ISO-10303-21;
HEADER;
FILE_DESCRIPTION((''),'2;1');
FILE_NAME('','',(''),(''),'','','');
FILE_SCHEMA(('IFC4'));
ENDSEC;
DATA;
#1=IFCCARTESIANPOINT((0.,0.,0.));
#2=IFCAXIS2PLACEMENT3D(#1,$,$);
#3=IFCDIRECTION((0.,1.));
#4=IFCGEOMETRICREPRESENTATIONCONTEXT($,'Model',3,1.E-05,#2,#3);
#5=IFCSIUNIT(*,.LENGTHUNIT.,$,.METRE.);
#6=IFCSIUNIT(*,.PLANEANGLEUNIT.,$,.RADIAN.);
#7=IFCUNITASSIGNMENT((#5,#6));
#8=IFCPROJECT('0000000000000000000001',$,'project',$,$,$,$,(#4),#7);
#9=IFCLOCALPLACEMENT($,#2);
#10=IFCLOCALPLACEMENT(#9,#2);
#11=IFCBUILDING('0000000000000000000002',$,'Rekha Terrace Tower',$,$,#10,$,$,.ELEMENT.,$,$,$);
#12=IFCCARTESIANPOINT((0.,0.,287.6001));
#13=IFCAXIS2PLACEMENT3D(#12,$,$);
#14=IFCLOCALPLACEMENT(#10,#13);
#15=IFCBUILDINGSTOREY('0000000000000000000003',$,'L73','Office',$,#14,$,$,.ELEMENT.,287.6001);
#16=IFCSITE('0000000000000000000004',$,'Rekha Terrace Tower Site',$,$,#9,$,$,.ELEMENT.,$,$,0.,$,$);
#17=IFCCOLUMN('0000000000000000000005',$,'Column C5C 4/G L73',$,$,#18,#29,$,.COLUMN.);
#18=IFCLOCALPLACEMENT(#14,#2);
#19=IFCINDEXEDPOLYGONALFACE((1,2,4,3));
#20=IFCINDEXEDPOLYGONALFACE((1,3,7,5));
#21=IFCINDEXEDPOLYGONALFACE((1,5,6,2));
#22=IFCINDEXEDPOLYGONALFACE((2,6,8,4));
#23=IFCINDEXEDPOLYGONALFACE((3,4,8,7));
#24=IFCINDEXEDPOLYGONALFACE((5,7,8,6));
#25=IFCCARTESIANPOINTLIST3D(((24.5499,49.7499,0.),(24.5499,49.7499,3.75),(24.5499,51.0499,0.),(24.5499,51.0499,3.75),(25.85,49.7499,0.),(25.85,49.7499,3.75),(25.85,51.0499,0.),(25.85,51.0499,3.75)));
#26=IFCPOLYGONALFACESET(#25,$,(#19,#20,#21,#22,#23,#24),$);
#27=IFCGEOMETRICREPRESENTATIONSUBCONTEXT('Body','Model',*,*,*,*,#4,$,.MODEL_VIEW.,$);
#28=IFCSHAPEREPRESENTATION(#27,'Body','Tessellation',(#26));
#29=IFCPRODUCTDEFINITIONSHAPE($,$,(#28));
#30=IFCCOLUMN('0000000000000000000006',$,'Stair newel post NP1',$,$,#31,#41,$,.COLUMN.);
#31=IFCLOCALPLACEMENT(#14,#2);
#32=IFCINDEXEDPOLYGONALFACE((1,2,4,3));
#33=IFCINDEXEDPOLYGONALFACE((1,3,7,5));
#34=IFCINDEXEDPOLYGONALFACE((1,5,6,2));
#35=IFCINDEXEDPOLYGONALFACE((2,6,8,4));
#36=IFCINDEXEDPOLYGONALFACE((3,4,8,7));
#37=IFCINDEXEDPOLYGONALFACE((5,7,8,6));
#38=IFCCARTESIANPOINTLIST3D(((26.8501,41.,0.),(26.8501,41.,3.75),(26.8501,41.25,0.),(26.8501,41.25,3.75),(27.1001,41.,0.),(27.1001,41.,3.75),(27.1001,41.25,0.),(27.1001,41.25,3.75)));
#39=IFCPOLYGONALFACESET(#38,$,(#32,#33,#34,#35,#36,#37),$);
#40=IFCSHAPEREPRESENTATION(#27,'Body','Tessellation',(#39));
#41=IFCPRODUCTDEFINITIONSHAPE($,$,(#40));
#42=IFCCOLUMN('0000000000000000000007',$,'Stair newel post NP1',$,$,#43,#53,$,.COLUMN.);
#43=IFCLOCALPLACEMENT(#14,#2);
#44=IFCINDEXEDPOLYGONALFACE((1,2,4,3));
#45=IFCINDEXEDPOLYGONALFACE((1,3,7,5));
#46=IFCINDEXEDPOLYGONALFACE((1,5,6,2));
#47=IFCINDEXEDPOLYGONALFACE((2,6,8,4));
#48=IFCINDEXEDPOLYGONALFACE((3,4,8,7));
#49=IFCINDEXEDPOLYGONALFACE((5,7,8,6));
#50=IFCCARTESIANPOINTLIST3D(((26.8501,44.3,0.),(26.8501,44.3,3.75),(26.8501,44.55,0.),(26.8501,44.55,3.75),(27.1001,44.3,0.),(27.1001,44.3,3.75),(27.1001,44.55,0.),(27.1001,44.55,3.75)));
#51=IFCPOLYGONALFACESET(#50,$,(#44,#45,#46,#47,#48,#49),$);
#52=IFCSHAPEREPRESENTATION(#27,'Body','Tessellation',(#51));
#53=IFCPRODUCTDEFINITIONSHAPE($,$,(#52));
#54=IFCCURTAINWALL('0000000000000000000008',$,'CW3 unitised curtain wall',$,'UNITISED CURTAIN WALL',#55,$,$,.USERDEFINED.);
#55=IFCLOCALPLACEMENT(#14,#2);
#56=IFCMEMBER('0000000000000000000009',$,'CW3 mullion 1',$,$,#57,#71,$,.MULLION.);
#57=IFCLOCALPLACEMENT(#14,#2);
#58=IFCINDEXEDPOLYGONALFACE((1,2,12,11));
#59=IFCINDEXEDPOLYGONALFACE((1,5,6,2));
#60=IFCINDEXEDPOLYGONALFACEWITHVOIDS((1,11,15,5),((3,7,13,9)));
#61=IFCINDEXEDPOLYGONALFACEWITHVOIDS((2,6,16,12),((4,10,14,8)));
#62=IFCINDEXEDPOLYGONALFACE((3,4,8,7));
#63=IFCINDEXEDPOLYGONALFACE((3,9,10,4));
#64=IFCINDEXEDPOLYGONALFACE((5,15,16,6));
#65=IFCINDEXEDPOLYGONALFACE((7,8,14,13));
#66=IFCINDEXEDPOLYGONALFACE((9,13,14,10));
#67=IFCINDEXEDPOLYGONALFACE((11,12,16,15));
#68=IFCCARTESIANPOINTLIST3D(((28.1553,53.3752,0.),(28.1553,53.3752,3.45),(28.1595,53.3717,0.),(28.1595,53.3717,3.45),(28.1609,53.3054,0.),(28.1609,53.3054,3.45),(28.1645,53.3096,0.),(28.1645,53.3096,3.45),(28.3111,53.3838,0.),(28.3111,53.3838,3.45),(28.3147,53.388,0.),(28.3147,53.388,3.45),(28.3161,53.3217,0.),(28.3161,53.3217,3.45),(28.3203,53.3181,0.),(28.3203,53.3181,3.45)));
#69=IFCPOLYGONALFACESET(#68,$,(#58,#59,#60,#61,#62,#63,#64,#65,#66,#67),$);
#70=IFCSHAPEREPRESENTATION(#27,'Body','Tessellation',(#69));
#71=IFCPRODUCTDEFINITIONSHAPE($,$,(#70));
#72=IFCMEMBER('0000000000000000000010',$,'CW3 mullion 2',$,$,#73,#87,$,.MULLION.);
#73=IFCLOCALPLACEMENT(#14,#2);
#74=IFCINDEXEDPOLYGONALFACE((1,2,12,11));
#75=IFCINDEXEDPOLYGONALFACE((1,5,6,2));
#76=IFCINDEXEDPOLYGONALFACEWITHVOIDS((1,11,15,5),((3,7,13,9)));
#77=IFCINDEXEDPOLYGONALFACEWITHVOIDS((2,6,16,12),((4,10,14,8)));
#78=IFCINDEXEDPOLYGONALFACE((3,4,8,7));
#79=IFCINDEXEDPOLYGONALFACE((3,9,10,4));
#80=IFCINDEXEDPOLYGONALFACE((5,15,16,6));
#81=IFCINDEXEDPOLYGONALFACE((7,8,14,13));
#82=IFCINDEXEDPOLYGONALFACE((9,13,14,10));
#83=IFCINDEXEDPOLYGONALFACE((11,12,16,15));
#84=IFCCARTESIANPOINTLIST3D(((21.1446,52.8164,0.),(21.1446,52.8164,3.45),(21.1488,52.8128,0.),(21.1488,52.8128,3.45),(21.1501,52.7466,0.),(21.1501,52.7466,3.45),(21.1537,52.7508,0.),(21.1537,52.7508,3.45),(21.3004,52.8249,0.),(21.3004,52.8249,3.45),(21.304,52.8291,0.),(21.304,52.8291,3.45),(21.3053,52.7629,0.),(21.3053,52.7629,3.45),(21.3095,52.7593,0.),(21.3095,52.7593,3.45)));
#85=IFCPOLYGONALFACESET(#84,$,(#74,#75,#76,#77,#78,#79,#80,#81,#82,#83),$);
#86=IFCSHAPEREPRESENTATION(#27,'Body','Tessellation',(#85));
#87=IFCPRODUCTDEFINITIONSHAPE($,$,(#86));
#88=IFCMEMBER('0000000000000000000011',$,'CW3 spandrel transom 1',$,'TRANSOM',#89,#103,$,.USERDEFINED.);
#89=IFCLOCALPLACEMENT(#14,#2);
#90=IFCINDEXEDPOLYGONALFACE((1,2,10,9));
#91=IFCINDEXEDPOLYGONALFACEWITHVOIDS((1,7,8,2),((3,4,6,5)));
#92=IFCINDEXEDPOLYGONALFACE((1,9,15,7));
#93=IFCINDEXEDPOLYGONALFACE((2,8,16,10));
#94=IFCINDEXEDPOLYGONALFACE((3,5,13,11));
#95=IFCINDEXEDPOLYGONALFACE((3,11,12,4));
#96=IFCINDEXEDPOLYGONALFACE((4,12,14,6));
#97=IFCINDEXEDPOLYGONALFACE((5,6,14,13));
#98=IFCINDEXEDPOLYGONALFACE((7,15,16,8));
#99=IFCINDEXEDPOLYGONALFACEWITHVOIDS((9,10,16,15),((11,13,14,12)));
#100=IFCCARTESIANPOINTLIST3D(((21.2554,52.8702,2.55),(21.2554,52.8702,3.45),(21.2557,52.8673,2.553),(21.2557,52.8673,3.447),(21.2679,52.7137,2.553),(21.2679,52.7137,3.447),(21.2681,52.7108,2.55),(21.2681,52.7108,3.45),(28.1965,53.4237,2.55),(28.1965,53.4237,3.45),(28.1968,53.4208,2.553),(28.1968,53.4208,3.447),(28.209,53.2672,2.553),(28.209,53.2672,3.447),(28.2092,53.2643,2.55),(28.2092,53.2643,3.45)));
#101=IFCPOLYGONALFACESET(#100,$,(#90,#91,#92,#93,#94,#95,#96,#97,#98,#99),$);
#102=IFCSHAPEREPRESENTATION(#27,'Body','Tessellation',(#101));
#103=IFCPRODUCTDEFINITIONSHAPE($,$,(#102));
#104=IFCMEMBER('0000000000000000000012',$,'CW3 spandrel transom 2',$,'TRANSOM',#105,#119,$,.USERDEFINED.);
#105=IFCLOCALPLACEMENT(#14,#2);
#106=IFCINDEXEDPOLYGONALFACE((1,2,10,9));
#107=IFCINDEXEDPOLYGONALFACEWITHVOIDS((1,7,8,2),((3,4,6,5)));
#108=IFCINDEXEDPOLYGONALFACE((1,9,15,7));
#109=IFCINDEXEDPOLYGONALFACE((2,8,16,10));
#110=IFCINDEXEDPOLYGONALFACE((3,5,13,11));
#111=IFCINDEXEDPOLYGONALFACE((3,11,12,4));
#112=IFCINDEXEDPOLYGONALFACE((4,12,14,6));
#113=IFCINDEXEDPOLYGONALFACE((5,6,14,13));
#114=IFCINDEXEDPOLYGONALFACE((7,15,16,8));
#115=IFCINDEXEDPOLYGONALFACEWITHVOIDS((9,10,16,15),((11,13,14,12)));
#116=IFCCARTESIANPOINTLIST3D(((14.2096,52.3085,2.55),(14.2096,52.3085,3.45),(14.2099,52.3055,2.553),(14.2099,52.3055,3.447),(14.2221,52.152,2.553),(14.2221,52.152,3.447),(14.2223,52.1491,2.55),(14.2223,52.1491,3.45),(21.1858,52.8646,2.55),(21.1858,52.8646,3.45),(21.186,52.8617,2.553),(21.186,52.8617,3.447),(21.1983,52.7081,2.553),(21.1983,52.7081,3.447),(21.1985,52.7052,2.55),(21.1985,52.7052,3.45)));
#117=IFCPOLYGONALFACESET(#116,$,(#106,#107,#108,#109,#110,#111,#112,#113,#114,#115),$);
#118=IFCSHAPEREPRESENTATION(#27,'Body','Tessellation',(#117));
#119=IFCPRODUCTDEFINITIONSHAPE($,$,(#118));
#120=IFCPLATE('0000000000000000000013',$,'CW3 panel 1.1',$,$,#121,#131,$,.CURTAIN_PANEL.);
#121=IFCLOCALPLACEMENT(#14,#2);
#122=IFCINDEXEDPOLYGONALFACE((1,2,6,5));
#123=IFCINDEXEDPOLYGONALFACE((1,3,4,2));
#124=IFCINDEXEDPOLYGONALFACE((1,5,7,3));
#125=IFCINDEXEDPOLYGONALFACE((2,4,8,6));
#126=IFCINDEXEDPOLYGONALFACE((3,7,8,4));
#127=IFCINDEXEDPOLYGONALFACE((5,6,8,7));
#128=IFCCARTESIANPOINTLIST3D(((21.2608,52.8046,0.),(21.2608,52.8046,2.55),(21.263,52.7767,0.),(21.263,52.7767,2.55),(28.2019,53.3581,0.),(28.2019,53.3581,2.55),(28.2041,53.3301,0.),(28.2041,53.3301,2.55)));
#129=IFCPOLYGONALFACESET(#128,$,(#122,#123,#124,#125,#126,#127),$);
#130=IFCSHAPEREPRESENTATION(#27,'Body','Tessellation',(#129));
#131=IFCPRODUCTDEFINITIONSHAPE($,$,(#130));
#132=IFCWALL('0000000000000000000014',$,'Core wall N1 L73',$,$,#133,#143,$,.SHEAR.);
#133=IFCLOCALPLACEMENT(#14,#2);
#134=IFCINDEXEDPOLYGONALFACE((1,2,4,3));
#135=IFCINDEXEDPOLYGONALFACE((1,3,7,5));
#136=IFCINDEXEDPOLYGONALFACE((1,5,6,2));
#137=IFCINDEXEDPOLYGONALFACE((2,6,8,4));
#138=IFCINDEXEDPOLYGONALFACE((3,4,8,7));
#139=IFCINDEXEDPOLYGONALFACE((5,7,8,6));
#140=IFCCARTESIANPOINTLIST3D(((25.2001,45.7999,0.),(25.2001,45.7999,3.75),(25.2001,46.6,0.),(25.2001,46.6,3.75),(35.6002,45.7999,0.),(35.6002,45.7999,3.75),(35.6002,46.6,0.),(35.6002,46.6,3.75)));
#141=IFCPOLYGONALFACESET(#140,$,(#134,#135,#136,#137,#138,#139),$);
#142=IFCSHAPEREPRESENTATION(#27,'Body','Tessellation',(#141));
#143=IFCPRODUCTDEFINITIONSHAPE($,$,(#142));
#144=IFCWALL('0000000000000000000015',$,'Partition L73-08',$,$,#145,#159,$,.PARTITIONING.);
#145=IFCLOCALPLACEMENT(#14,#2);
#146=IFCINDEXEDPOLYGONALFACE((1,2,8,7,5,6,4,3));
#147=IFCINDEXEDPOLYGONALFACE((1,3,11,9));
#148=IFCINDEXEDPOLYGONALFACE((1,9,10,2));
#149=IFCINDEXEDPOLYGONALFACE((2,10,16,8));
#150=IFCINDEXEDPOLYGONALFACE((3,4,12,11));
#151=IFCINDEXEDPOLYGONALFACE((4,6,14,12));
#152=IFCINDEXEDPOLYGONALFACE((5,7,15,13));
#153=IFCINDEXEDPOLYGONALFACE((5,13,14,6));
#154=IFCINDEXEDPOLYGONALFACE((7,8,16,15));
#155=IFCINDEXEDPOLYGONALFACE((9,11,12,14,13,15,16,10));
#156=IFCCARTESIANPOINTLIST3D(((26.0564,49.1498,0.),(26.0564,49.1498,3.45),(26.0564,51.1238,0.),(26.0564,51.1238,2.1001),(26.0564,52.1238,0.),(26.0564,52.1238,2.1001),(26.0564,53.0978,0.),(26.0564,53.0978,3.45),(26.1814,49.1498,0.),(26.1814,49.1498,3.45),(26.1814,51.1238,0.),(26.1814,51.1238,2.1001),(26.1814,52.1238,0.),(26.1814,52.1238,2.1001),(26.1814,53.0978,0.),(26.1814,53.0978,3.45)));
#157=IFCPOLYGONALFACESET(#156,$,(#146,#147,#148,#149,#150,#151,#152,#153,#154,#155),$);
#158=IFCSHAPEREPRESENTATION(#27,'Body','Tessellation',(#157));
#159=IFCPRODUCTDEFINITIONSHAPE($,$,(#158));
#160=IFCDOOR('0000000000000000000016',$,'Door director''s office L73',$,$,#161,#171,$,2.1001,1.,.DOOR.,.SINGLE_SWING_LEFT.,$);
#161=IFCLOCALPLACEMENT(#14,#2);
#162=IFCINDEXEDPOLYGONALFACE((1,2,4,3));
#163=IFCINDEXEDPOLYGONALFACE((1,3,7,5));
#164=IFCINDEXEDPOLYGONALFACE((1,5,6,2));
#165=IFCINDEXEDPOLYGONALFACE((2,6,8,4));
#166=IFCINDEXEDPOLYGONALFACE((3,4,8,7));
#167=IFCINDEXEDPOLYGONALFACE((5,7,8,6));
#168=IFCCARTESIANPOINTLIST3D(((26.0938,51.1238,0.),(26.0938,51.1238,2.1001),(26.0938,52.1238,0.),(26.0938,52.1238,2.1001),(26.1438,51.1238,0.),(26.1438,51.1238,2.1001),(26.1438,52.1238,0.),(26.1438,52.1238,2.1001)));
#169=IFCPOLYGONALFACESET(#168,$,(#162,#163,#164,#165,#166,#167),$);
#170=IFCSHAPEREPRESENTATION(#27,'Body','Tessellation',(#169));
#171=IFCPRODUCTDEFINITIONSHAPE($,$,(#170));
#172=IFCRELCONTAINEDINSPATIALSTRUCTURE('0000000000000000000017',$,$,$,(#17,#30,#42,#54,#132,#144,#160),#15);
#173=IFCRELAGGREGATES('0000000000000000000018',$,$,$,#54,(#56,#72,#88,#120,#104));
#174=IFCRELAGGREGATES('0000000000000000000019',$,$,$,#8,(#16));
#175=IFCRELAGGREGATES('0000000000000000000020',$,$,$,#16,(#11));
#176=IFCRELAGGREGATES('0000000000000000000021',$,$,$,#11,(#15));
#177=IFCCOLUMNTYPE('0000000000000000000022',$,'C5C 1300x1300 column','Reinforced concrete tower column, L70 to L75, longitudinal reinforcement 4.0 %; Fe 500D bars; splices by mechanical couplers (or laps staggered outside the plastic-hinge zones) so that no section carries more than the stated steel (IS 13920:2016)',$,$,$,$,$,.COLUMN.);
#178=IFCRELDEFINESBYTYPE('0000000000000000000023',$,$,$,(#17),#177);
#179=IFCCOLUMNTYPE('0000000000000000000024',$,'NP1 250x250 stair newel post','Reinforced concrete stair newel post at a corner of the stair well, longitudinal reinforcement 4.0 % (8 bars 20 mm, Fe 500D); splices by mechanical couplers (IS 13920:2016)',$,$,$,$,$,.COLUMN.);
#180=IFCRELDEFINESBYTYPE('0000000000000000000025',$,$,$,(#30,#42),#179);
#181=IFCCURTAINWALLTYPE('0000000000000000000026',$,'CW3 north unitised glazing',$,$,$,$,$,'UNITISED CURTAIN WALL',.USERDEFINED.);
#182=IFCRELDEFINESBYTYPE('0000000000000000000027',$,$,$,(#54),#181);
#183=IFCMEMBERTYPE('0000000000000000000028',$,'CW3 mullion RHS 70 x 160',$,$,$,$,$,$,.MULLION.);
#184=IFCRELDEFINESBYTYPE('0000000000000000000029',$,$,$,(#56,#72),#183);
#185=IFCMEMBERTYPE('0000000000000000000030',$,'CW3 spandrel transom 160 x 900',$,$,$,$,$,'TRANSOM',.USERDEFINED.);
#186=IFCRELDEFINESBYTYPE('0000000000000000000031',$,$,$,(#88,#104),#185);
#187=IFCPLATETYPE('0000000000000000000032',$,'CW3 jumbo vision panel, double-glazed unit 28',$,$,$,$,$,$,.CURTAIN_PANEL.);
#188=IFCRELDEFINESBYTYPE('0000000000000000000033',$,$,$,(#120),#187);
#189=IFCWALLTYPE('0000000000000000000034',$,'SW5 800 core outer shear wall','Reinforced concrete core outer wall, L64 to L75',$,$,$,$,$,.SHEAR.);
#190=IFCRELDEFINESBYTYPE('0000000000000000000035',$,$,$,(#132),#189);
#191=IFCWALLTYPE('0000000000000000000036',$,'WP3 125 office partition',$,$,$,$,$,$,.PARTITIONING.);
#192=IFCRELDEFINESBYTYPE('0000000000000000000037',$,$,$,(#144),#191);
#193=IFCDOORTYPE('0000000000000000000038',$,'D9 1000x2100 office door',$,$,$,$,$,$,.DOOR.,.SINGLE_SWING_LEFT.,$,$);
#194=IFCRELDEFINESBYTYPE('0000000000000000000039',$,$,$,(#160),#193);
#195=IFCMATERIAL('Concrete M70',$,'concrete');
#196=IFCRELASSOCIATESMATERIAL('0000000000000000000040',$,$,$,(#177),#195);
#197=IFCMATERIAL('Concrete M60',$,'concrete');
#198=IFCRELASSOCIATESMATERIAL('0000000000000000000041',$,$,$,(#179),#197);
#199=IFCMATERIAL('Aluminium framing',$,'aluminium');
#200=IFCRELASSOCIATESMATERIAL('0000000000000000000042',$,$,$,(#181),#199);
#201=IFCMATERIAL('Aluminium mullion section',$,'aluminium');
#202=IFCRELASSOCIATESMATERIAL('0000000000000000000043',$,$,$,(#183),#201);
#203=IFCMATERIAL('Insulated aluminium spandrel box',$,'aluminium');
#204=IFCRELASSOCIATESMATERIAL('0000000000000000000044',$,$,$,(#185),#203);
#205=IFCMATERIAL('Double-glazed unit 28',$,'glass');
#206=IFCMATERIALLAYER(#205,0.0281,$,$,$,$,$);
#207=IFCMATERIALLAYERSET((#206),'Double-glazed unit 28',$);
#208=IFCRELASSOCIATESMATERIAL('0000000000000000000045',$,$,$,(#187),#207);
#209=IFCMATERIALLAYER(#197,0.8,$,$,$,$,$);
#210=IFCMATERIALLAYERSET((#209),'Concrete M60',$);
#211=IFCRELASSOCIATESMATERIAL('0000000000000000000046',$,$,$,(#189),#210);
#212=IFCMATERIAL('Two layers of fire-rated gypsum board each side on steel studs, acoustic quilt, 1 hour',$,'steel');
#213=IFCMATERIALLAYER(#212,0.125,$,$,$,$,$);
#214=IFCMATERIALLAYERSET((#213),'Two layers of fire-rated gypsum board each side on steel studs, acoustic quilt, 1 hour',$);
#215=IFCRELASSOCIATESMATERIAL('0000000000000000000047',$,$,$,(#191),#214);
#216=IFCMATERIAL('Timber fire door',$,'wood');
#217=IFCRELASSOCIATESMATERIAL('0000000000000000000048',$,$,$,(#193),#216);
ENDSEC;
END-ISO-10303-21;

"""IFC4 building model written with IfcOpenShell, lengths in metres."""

from ifc_helpers import new_model, si_unit, direction, frame, frame_2d, origin, origin_2d, place, context, subcontext, project, spatial, rectangle, hollow_rectangle, extrude, material, layer, layer_set, material_profile, profile_set, type_object, element, fill, aggregate, save


model = new_model("IFC4")

# Units and contexts
model_context = context("Model", 3, precision=1e-05, world=origin(), true_north=direction((0.0, 1.0)))
body_context = subcontext(model_context, "Body", "Model", "MODEL_VIEW")
ifc_project = project(units=[si_unit("LENGTHUNIT", "METRE"), si_unit("PLANEANGLEUNIT", "RADIAN")], contexts=[model_context])

# Site, building, storey
site_placement = place(None, origin())
site = spatial("IfcSite", under=ifc_project, at=site_placement, Name="Rekha Terrace Tower Site", CompositionType="ELEMENT", RefElevation=0.0)
building_placement = place(site_placement, origin())
building = spatial("IfcBuilding", under=site, at=building_placement, Name="Rekha Terrace Tower", CompositionType="ELEMENT")
storey_placement = place(building_placement, frame((0.0, 0.0, 287.6001)))
storey = spatial("IfcBuildingStorey", under=building, at=storey_placement, Name="L73", Description="Office", CompositionType="ELEMENT", Elevation=287.6001)

# Columns
ifc_material_1 = material(Name="Concrete M70", Category="concrete")
ifc_material_profile_1 = material_profile(ifc_material_1, rectangle(XDim=1.3, YDim=1.3, at=origin_2d()), Name="RC 1300x1300")
ifc_profile_set_1 = profile_set([ifc_material_profile_1], Name="Concrete M70")
column_type_1 = type_object("IfcColumnType", Name="C5C 1300x1300 column", Description="Reinforced concrete tower column, L70 to L75, longitudinal reinforcement 4.0 %; Fe 500D bars; splices by mechanical couplers (or laps staggered outside the plastic-hinge zones) so that no section carries more than the stated steel (IS 13920:2016)", PredefinedType="COLUMN", material=ifc_profile_set_1)
column_placement = place(storey_placement, frame((25.2, 50.3999, 0.0), z_axis=(0.0, 0.0, 1.0), x_axis=(1.0, 0.0, 0.0)))
element("IfcColumn", 1, at=column_placement, inside=storey, type_object=column_type_1, Name="Column C5C 4/G L73", PredefinedType="COLUMN", context=body_context, shape_type="SweptSolid", body=[
    extrude(rectangle(XDim=1.3, YDim=1.3, at=origin_2d()), origin(), (0.0, 0.0, 1.0), 3.75),
])
ifc_material_2 = material(Name="Concrete M60", Category="concrete")
ifc_material_profile_2 = material_profile(ifc_material_2, rectangle(XDim=0.25, YDim=0.25, at=origin_2d()), Name="RC 250x250")
ifc_profile_set_2 = profile_set([ifc_material_profile_2], Name="Concrete M60")
column_type_2 = type_object("IfcColumnType", Name="NP1 250x250 stair newel post", Description="Reinforced concrete stair newel post at a corner of the stair well, longitudinal reinforcement 4.0 % (8 bars 20 mm, Fe 500D); splices by mechanical couplers (IS 13920:2016)", PredefinedType="COLUMN", material=ifc_profile_set_2)
for number, where, z_axis, x_axis, name in (
    (2, (26.9751, 41.125, 0.0), (0.0, 0.0, 1.0), (1.0, 0.0, 0.0), "Stair newel post NP1"),
    (3, (26.9751, 44.425, 0.0), (0.0, 0.0, 1.0), (1.0, 0.0, 0.0), "Stair newel post NP1"),
):
    element("IfcColumn", number, at=place(storey_placement, frame(where, z_axis=z_axis, x_axis=x_axis)), inside=storey, type_object=column_type_2, Name=name, PredefinedType="COLUMN", context=body_context, shape_type="SweptSolid", body=[
        extrude(rectangle(XDim=0.25, YDim=0.25, at=origin_2d()), origin(), (0.0, 0.0, 1.0), 3.75),
    ])

# Curtain wall, members, plate
ifc_material_3 = material(Name="Aluminium framing", Category="aluminium")
curtain_wall_type = type_object("IfcCurtainWallType", Name="CW3 north unitised glazing", ElementType="UNITISED CURTAIN WALL", PredefinedType="USERDEFINED", material=ifc_material_3)
curtain_wall_placement = place(storey_placement, origin())
curtain_wall = element("IfcCurtainWall", 4, at=curtain_wall_placement, inside=storey, type_object=curtain_wall_type, Name="CW3 unitised curtain wall", ObjectType="UNITISED CURTAIN WALL", PredefinedType="USERDEFINED")
ifc_material_4 = material(Name="Aluminium mullion section", Category="aluminium")
ifc_material_profile_3 = material_profile(ifc_material_4, hollow_rectangle(XDim=0.0701, YDim=0.1599, WallThickness=0.0039, at=origin_2d()), Name="AL RHS 70x160")
ifc_profile_set_3 = profile_set([ifc_material_profile_3], Name="Aluminium mullion section")
member_type_1 = type_object("IfcMemberType", Name="CW3 mullion RHS 70 x 160", PredefinedType="MULLION", material=ifc_profile_set_3)
member_1_placement = place(storey_placement, frame((28.2378, 53.3467, 0.0), z_axis=(0.0, 0.0, 1.0), x_axis=(0.079485, -0.996836, 0.0)))
member_1 = element("IfcMember", 5, at=member_1_placement, type_object=member_type_1, Name="CW3 mullion 1", PredefinedType="MULLION", context=body_context, shape_type="SweptSolid", body=[
    extrude(hollow_rectangle(XDim=0.0701, YDim=0.1599, WallThickness=0.0039, at=origin_2d()), origin(), (0.0, 0.0, 1.0), 3.45),
])
member_2_placement = place(storey_placement, frame((21.2271, 52.7878, 0.0), z_axis=(0.0, 0.0, 1.0), x_axis=(0.079485, -0.996836, 0.0)))
member_2 = element("IfcMember", 6, at=member_2_placement, type_object=member_type_1, Name="CW3 mullion 2", PredefinedType="MULLION", context=body_context, shape_type="SweptSolid", body=[
    extrude(hollow_rectangle(XDim=0.0701, YDim=0.1599, WallThickness=0.0039, at=origin_2d()), origin(), (0.0, 0.0, 1.0), 3.45),
])
ifc_material_5 = material(Name="Insulated aluminium spandrel box", Category="aluminium")
ifc_material_profile_4 = material_profile(ifc_material_5, hollow_rectangle(XDim=0.1599, YDim=0.8999, WallThickness=0.0029, at=origin_2d()), Name="AL SPANDREL BOX 160x900")
ifc_profile_set_4 = profile_set([ifc_material_profile_4], Name="Insulated aluminium spandrel box")
member_type_2 = type_object("IfcMemberType", Name="CW3 spandrel transom 160 x 900", ElementType="TRANSOM", PredefinedType="USERDEFINED", material=ifc_profile_set_4)
member_3_placement = place(storey_placement, frame((28.2029, 53.344, 3.0), z_axis=(-0.996836, -0.079485, 0.0), x_axis=(0.079485, -0.996836, 0.0)))
member_3 = element("IfcMember", 7, at=member_3_placement, type_object=member_type_2, Name="CW3 spandrel transom 1", ObjectType="TRANSOM", PredefinedType="USERDEFINED", context=body_context, shape_type="SweptSolid", body=[
    extrude(hollow_rectangle(XDim=0.1599, YDim=0.8999, WallThickness=0.0029, at=origin_2d()), origin(), (0.0, 0.0, 1.0), 6.9631),
])
member_4_placement = place(storey_placement, frame((21.1921, 52.7849, 3.0), z_axis=(-0.996837, -0.079471, 0.0), x_axis=(0.079471, -0.996837, 0.0)))
member_4 = element("IfcMember", 8, at=member_4_placement, type_object=member_type_2, Name="CW3 spandrel transom 2", ObjectType="TRANSOM", PredefinedType="USERDEFINED", context=body_context, shape_type="SweptSolid", body=[
    extrude(hollow_rectangle(XDim=0.1599, YDim=0.8999, WallThickness=0.0029, at=origin_2d()), origin(), (0.0, 0.0, 1.0), 6.9983),
])
ifc_material_6 = material(Name="Double-glazed unit 28", Category="glass")
ifc_layer_1 = layer(ifc_material_6, 0.0281)
ifc_layer_set_1 = layer_set([ifc_layer_1], Name="Double-glazed unit 28")
plate_type = type_object("IfcPlateType", Name="CW3 jumbo vision panel, double-glazed unit 28", PredefinedType="CURTAIN_PANEL", material=ifc_layer_set_1)
plate_placement = place(storey_placement, frame((24.7324, 53.0674, 0.0), z_axis=(0.0, 0.0, 1.0), x_axis=(-0.996836, -0.079485, 0.0)))
plate = element("IfcPlate", 9, at=plate_placement, type_object=plate_type, Name="CW3 panel 1.1", PredefinedType="CURTAIN_PANEL", context=body_context, shape_type="SweptSolid", body=[
    extrude(rectangle(XDim=6.9631, YDim=0.0281, at=origin_2d()), origin(), (0.0, 0.0, 1.0), 2.55),
])
aggregate(curtain_wall, [member_1, member_2, member_3, plate, member_4])

# Wall
ifc_layer_2 = layer(ifc_material_2, 0.8)
ifc_layer_set_2 = layer_set([ifc_layer_2], Name="Concrete M60")
wall_type_1 = type_object("IfcWallType", Name="SW5 800 core outer shear wall", Description="Reinforced concrete core outer wall, L64 to L75", PredefinedType="SHEAR", material=ifc_layer_set_2)
wall_1_placement = place(storey_placement, frame((25.2, 46.2, 0.0), z_axis=(0.0, 0.0, 1.0), x_axis=(1.0, 0.0, 0.0)))
element("IfcWall", 10, at=wall_1_placement, inside=storey, type_object=wall_type_1, Name="Core wall N1 L73", PredefinedType="SHEAR", context=body_context, shape_type="SweptSolid", body=[
    extrude(rectangle(XDim=10.4001, YDim=0.8, at=frame_2d((5.2002, 0.0))), origin(), (0.0, 0.0, 1.0), 3.75),
])

# Wall, opening, door
ifc_material_7 = material(Name="Two layers of fire-rated gypsum board each side on steel studs, acoustic quilt, 1 hour", Category="steel")
ifc_layer_3 = layer(ifc_material_7, 0.125)
ifc_layer_set_3 = layer_set([ifc_layer_3], Name="Two layers of fire-rated gypsum board each side on steel studs, acoustic quilt, 1 hour")
wall_type_2 = type_object("IfcWallType", Name="WP3 125 office partition", PredefinedType="PARTITIONING", material=ifc_layer_set_3)
wall_2_placement = place(storey_placement, frame((26.1189, 53.0979, 0.0), z_axis=(0.0, 0.0, 1.0), x_axis=(0.0, -1.0, 0.0)))
wall_2 = element("IfcWall", 11, at=wall_2_placement, inside=storey, type_object=wall_type_2, Name="Partition L73-08", PredefinedType="PARTITIONING", context=body_context, shape_type="SweptSolid", body=[
    extrude(rectangle(XDim=3.948, YDim=0.125, at=frame_2d((1.9741, 0.0))), origin(), (0.0, 0.0, 1.0), 3.45),
])
opening_placement = place(wall_2_placement, frame((0.9741, 0.0, 0.0)))
opening = element("IfcOpeningElement", 12, at=opening_placement, cuts=wall_2, PredefinedType="OPENING", context=body_context, shape_type="SweptSolid", body=[
    extrude(rectangle(XDim=1.0, YDim=2.1001, at=frame_2d((0.5, 1.05))), frame((0.0, 0.0725, 0.0), z_axis=(0.0, -1.0, 0.0), x_axis=(1.0, 0.0, 0.0)), (0.0, 0.0, 1.0), 0.145),
])
ifc_material_8 = material(Name="Timber fire door", Category="wood")
door_type = type_object("IfcDoorType", Name="D9 1000x2100 office door", OperationType="SINGLE_SWING_LEFT", PredefinedType="DOOR", material=ifc_material_8)
door_placement = place(opening_placement, origin())
door = element("IfcDoor", 13, at=door_placement, inside=storey, type_object=door_type, Name="Door director's office L73", OperationType="SINGLE_SWING_LEFT", OverallHeight=2.1001, OverallWidth=1.0, PredefinedType="DOOR", context=body_context, shape_type="SweptSolid", body=[
    extrude(rectangle(XDim=1.0, YDim=2.1001, at=frame_2d((0.5, 1.05))), frame((0.0, 0.0249, 0.0), z_axis=(0.0, -1.0, 0.0), x_axis=(1.0, 0.0, 0.0)), (0.0, 0.0, 1.0), 0.05),
])
fill(opening, door)

save(model, "model.ifc")
